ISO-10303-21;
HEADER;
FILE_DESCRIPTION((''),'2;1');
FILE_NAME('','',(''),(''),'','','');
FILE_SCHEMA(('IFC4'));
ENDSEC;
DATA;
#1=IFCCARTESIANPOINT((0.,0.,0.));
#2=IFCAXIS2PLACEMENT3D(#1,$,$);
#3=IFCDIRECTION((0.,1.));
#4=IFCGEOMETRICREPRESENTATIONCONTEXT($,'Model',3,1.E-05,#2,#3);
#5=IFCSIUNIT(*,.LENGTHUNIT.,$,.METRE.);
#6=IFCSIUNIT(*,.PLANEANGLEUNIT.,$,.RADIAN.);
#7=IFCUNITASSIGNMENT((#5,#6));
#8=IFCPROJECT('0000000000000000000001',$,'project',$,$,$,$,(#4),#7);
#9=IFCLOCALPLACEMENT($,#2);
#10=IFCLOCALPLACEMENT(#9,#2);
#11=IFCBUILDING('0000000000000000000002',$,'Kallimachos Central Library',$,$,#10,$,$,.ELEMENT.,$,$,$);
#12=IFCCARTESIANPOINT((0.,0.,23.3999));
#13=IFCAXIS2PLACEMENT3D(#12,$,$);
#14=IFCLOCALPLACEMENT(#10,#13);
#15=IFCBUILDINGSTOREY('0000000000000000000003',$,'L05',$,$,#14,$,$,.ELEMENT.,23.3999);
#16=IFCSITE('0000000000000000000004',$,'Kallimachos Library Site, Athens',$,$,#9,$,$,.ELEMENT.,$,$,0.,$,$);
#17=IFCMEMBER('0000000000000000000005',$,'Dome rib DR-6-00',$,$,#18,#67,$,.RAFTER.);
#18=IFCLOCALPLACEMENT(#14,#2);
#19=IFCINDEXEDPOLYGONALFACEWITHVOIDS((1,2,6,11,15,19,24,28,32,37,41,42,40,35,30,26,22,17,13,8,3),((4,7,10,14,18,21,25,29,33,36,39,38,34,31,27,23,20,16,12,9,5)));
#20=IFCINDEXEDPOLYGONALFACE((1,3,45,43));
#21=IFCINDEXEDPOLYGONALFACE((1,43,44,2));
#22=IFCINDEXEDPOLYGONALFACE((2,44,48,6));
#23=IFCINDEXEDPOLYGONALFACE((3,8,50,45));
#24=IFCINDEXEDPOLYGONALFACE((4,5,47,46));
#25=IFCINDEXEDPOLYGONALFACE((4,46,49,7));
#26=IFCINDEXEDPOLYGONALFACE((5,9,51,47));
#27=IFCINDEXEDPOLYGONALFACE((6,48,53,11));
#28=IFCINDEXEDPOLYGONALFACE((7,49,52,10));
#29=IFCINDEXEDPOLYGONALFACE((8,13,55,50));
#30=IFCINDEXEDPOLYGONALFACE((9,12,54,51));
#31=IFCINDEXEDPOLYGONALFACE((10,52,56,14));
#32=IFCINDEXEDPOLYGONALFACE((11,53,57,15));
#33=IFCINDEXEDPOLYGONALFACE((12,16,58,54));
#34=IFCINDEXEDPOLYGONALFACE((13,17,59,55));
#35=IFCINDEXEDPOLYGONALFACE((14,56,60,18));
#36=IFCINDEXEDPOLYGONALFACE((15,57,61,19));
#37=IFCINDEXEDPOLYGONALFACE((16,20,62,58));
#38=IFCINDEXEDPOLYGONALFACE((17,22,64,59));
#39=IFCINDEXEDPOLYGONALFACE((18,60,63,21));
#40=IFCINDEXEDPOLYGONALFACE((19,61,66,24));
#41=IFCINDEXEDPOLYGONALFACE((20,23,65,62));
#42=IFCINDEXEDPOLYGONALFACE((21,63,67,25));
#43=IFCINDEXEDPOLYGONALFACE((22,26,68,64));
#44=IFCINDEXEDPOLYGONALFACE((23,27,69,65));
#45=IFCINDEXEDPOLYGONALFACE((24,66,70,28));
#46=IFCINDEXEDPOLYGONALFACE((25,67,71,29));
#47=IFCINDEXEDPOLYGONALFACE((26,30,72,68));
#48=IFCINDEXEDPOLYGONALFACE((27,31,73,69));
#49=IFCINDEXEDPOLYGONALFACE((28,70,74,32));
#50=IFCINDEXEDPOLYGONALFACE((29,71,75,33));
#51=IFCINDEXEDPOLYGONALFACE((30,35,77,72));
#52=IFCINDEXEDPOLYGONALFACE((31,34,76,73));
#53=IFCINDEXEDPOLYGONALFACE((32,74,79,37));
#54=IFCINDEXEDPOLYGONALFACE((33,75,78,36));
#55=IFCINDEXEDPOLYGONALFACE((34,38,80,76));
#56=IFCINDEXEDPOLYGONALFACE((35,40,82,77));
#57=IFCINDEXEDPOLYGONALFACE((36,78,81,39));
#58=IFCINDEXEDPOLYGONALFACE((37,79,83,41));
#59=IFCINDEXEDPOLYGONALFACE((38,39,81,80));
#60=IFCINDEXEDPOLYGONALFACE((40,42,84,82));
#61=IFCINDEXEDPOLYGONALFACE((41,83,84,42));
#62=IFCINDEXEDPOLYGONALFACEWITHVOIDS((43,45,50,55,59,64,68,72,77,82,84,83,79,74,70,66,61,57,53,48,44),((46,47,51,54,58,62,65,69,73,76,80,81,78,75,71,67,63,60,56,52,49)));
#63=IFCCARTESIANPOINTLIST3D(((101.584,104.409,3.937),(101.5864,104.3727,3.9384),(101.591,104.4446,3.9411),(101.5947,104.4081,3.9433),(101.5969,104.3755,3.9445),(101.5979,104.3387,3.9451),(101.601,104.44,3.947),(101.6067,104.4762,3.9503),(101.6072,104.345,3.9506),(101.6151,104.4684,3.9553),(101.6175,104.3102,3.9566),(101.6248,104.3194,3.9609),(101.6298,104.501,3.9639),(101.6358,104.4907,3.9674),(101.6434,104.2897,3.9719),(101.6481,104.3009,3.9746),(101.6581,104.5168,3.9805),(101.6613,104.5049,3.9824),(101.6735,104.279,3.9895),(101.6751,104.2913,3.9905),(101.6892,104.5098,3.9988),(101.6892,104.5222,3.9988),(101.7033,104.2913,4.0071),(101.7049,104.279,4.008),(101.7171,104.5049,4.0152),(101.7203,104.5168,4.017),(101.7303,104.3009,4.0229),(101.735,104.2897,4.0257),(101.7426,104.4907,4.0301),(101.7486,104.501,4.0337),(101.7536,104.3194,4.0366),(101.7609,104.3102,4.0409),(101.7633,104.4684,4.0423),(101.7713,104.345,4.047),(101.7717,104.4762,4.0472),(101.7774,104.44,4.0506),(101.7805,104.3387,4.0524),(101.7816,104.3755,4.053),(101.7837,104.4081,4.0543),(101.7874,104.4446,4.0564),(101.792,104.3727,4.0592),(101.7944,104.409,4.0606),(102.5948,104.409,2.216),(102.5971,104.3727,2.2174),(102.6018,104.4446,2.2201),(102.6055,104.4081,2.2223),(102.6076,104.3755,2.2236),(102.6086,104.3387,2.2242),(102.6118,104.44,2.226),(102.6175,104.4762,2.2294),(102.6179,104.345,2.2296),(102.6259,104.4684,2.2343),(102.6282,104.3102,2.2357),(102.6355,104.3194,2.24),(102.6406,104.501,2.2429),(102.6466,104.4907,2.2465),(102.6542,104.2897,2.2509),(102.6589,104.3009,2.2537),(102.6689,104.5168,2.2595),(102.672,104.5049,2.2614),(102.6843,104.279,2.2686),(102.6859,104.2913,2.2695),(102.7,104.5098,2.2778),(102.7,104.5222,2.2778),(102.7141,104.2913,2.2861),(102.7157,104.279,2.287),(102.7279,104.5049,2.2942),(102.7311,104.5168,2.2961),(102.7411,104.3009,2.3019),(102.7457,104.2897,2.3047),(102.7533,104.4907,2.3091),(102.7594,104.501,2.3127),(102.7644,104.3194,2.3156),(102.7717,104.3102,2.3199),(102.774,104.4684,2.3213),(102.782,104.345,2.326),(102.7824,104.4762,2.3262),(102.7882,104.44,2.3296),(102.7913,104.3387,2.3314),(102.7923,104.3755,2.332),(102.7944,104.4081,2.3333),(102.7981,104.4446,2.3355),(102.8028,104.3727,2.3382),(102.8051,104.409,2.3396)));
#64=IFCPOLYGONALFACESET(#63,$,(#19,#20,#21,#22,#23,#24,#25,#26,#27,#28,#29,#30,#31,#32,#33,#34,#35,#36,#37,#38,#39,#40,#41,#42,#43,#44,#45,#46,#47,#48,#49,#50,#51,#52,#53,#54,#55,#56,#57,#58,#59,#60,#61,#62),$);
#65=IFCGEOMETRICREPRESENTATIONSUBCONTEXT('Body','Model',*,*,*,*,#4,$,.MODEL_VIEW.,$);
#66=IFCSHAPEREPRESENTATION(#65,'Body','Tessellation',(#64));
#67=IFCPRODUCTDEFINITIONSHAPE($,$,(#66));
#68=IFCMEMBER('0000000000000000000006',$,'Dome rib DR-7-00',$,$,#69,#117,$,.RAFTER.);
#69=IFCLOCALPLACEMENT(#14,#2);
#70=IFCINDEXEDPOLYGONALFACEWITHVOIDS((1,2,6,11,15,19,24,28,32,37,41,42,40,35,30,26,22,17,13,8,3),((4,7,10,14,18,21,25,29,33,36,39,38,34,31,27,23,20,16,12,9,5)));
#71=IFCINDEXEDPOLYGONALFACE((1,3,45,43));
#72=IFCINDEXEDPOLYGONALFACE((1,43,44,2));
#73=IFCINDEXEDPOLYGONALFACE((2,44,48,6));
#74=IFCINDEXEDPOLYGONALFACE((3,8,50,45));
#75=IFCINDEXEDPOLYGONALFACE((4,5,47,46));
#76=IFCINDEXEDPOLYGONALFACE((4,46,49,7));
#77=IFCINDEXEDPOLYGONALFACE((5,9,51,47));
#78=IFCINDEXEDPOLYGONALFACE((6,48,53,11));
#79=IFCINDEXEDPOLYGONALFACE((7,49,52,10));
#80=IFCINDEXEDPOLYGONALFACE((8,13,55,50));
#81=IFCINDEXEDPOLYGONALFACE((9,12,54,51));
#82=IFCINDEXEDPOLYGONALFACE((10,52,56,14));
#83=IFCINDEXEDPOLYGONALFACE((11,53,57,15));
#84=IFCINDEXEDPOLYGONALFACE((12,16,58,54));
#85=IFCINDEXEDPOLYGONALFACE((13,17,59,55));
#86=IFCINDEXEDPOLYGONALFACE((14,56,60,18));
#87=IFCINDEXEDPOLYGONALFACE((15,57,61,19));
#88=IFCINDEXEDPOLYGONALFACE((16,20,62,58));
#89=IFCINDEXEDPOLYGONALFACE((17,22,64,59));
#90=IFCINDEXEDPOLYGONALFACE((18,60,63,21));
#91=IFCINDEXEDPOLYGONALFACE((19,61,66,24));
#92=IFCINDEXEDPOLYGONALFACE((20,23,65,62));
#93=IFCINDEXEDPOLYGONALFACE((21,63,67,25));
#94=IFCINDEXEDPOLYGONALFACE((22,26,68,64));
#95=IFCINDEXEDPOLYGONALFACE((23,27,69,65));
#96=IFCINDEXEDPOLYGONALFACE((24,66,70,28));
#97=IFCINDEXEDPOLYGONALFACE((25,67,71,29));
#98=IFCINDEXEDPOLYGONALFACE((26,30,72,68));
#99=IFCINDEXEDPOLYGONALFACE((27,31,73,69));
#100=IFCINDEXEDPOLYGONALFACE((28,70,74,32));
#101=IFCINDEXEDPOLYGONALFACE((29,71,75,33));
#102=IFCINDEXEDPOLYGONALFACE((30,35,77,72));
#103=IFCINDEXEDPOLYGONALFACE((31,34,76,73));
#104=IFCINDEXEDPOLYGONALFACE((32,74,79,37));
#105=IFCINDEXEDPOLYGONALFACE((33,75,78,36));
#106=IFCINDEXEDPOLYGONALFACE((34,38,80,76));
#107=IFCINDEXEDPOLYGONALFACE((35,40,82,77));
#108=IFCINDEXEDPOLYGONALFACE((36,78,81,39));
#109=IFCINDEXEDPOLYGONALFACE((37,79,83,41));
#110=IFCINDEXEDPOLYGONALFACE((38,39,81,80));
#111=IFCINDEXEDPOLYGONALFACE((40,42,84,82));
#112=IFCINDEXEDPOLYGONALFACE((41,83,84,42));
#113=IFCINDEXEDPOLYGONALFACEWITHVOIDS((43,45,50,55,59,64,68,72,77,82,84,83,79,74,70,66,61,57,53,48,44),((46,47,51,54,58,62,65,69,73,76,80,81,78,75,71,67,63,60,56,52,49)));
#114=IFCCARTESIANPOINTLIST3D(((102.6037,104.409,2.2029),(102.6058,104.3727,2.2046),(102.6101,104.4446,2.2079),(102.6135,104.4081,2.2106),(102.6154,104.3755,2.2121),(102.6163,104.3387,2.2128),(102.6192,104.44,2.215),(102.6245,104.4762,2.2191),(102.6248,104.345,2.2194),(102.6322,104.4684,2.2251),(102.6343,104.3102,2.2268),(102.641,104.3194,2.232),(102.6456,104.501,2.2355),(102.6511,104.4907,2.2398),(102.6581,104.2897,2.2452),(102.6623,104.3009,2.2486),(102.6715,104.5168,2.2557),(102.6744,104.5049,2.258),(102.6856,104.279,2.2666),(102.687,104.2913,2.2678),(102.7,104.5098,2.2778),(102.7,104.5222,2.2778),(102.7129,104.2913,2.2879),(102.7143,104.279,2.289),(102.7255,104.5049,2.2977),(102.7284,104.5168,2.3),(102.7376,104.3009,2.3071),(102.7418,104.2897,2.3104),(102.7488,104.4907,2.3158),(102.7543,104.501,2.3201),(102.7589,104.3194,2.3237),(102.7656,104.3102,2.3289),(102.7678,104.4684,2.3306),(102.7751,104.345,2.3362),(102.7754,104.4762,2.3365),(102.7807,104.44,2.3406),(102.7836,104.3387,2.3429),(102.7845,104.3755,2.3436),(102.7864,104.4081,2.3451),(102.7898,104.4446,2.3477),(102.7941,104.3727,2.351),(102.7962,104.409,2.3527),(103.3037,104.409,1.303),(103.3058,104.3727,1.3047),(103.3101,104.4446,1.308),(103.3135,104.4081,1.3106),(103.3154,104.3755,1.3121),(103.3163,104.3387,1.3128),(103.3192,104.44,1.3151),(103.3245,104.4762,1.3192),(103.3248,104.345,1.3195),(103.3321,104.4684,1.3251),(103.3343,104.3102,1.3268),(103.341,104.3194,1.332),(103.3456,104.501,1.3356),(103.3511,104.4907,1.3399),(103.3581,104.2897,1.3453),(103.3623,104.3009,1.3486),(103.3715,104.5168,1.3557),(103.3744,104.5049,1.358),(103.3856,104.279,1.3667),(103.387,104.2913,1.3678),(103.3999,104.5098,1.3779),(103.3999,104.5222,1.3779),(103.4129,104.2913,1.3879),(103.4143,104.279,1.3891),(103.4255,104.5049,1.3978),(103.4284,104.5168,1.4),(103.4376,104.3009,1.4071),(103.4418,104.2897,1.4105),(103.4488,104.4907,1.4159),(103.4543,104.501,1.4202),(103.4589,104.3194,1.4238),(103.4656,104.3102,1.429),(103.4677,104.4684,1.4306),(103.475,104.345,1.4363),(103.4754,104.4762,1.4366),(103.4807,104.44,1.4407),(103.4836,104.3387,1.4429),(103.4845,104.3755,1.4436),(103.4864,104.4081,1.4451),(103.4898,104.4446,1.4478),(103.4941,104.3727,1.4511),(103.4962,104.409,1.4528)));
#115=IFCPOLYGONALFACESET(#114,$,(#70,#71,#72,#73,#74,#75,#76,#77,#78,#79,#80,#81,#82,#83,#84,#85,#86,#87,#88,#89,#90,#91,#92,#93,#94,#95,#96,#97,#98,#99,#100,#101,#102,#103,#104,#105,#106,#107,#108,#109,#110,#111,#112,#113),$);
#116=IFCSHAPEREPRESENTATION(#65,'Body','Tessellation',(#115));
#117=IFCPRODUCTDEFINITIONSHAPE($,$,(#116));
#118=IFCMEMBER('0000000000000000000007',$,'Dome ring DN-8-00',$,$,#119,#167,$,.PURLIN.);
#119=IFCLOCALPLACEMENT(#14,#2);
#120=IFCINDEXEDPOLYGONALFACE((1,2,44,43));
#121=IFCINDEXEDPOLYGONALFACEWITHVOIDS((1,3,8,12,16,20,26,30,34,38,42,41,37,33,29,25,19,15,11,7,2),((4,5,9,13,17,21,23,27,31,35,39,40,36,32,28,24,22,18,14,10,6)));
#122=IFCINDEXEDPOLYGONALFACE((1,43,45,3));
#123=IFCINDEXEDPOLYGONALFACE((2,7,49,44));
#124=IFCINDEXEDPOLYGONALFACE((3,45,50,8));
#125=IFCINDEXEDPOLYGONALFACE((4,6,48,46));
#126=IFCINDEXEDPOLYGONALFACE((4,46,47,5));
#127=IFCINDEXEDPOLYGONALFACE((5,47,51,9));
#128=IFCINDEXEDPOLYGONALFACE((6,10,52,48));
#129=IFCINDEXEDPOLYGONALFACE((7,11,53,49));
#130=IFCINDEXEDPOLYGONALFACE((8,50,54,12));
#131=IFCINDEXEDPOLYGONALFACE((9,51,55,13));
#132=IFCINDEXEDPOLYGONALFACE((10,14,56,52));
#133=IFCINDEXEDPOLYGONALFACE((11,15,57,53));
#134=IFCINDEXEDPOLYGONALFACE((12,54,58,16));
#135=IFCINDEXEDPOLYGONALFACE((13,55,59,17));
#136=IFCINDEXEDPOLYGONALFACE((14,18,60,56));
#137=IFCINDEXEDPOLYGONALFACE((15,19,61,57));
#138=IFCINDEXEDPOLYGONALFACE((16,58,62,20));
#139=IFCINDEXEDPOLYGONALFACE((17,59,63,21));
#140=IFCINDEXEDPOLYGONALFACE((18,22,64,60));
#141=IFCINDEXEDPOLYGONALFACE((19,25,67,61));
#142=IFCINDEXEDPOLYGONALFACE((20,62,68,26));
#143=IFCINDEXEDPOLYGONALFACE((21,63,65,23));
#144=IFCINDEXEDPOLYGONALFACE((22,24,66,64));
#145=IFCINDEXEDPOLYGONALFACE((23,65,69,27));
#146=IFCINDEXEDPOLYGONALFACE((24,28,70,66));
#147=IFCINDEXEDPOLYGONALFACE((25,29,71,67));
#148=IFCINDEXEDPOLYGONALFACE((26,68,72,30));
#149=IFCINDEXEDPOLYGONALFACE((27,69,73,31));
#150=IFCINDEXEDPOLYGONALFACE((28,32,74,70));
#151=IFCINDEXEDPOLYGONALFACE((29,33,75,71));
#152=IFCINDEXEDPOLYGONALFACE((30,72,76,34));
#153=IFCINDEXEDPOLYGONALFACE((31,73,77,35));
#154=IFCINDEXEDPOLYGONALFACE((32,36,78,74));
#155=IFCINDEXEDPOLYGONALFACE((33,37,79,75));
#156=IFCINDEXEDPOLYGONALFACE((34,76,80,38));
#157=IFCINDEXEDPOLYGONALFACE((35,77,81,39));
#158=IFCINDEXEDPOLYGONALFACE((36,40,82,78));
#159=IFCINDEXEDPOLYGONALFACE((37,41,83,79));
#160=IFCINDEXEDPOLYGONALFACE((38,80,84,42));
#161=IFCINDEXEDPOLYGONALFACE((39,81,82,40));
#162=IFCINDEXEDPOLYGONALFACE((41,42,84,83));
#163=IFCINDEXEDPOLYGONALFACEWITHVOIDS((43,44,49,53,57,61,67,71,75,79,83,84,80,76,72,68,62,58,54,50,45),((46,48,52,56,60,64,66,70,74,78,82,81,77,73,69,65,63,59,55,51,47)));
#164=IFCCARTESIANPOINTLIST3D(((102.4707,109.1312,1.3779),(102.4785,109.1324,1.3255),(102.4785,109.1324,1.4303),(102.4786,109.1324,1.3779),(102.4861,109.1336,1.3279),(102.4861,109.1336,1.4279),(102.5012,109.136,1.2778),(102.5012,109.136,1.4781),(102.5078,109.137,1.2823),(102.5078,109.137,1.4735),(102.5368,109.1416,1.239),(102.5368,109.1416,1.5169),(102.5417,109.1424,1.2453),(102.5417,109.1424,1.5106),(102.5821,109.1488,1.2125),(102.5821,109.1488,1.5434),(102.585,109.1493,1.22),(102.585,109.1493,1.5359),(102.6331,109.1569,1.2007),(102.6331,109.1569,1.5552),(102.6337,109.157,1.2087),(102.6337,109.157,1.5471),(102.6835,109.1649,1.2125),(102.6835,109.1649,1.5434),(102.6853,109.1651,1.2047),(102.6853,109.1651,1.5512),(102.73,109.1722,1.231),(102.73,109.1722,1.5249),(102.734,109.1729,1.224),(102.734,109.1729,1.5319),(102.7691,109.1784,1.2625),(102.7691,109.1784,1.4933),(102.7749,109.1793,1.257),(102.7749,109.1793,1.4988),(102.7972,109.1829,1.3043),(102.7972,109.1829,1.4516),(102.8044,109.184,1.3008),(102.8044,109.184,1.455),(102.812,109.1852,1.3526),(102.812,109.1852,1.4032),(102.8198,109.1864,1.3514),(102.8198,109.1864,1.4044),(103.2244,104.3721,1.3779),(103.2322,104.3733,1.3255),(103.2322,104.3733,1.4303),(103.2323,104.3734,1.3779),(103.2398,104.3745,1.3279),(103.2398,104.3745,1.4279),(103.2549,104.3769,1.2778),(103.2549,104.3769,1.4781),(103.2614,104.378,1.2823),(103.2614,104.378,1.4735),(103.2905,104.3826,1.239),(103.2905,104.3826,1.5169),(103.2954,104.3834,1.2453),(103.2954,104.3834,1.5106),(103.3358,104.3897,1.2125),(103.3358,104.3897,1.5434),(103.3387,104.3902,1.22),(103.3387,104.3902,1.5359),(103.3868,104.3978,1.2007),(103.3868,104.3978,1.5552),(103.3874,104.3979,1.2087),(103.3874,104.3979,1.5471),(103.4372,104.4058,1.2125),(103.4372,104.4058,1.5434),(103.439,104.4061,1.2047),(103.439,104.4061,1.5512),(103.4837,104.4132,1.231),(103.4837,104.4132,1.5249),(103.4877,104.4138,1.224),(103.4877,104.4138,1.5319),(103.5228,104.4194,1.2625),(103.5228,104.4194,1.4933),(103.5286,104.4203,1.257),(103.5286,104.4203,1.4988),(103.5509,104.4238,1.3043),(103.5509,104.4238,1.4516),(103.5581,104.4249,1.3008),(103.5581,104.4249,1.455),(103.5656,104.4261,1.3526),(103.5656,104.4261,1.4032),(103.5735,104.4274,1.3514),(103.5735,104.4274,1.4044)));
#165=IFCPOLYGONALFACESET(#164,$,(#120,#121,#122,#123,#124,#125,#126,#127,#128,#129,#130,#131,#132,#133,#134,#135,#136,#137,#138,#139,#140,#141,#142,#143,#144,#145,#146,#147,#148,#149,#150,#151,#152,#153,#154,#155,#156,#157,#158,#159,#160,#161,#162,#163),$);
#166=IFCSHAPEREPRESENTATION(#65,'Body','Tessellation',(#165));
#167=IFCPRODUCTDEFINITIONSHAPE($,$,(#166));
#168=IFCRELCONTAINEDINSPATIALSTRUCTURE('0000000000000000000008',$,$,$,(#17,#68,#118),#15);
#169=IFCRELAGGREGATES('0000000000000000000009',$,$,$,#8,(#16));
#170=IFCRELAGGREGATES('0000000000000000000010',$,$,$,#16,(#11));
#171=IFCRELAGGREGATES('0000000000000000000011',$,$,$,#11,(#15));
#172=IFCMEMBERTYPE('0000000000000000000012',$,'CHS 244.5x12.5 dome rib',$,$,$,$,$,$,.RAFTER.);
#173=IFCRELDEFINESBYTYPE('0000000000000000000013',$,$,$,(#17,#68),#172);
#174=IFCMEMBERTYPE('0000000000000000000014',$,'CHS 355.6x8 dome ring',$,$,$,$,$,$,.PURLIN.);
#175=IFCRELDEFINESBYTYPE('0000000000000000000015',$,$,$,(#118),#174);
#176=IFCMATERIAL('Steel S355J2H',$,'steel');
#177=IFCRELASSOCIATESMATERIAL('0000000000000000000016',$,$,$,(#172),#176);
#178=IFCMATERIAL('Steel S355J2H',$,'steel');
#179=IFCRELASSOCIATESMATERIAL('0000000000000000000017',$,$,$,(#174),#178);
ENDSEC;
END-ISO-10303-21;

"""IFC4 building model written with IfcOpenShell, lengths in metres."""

from ifc_helpers import new_model, si_unit, direction, frame, origin, origin_2d, place, context, subcontext, project, spatial, hollow_circle, extrude, material, material_profile, profile_set, type_object, element, save


model = new_model("IFC4")

# Units and contexts
model_context = context("Model", 3, precision=1e-05, world=origin(), true_north=direction((0.0, 1.0)))
body_context = subcontext(model_context, "Body", "Model", "MODEL_VIEW")
ifc_project = project(units=[si_unit("LENGTHUNIT", "METRE"), si_unit("PLANEANGLEUNIT", "RADIAN")], contexts=[model_context])

# Site, building, storey
site_placement = place(None, origin())
site = spatial("IfcSite", under=ifc_project, at=site_placement, Name="Kallimachos Library Site, Athens", CompositionType="ELEMENT", RefElevation=0.0)
building_placement = place(site_placement, origin())
building = spatial("IfcBuilding", under=site, at=building_placement, Name="Kallimachos Central Library", CompositionType="ELEMENT")
storey_placement = place(building_placement, frame((0.0, 0.0, 23.3999)))
storey = spatial("IfcBuildingStorey", under=building, at=storey_placement, Name="L05", CompositionType="ELEMENT", Elevation=23.3999)

# Members
ifc_material_1 = material(Name="Steel S355J2H", Category="steel")
ifc_material_profile_1 = material_profile(ifc_material_1, hollow_circle(Radius=0.1223, WallThickness=0.0125, at=origin_2d()), Name="CHS 244.5x12.5")
ifc_profile_set_1 = profile_set([ifc_material_profile_1], Name="Steel S355J2H")
member_type_1 = type_object("IfcMemberType", Name="CHS 244.5x12.5 dome rib", PredefinedType="RAFTER", material=ifc_profile_set_1)
member_1_placement = place(storey_placement, frame((101.6892, 104.3999, 3.9988), z_axis=(0.506432, 0.0, -0.86228), x_axis=(0.0, 1.0, 0.0)))
element("IfcMember", 1, at=member_1_placement, inside=storey, type_object=member_type_1, Name="Dome rib DR-6-00", PredefinedType="RAFTER", context=body_context, shape_type="SweptSolid", body=[
    extrude(hollow_circle(Radius=0.1223, WallThickness=0.0125, at=origin_2d()), origin(), (0.0, 0.0, 1.0), 1.9958),
])
member_2_placement = place(storey_placement, frame((102.7, 104.3999, 2.2778), z_axis=(0.613955, 0.0, -0.789341), x_axis=(0.0, 1.0, 0.0)))
element("IfcMember", 2, at=member_2_placement, inside=storey, type_object=member_type_1, Name="Dome rib DR-7-00", PredefinedType="RAFTER", context=body_context, shape_type="SweptSolid", body=[
    extrude(hollow_circle(Radius=0.1223, WallThickness=0.0125, at=origin_2d()), origin(), (0.0, 0.0, 1.0), 1.1401),
])
ifc_material_2 = material(Name="Steel S355J2H", Category="steel")
ifc_material_profile_2 = material_profile(ifc_material_2, hollow_circle(Radius=0.1777, WallThickness=0.0081, at=origin_2d()), Name="CHS 355.6x8")
ifc_profile_set_2 = profile_set([ifc_material_profile_2], Name="Steel S355J2H")
member_type_2 = type_object("IfcMemberType", Name="CHS 355.6x8 dome ring", PredefinedType="PURLIN", material=ifc_profile_set_2)
member_3_placement = place(storey_placement, frame((103.3999, 104.3999, 1.3779), z_axis=(-0.156415, 0.987691, 0.0), x_axis=(-0.987691, -0.156415, 0.0)))
element("IfcMember", 3, at=member_3_placement, inside=storey, type_object=member_type_2, Name="Dome ring DN-8-00", PredefinedType="PURLIN", context=body_context, shape_type="SweptSolid", body=[
    extrude(hollow_circle(Radius=0.1777, WallThickness=0.0081, at=origin_2d()), origin(), (0.0, 0.0, 1.0), 4.8184),
])

save(model, "model.ifc")
